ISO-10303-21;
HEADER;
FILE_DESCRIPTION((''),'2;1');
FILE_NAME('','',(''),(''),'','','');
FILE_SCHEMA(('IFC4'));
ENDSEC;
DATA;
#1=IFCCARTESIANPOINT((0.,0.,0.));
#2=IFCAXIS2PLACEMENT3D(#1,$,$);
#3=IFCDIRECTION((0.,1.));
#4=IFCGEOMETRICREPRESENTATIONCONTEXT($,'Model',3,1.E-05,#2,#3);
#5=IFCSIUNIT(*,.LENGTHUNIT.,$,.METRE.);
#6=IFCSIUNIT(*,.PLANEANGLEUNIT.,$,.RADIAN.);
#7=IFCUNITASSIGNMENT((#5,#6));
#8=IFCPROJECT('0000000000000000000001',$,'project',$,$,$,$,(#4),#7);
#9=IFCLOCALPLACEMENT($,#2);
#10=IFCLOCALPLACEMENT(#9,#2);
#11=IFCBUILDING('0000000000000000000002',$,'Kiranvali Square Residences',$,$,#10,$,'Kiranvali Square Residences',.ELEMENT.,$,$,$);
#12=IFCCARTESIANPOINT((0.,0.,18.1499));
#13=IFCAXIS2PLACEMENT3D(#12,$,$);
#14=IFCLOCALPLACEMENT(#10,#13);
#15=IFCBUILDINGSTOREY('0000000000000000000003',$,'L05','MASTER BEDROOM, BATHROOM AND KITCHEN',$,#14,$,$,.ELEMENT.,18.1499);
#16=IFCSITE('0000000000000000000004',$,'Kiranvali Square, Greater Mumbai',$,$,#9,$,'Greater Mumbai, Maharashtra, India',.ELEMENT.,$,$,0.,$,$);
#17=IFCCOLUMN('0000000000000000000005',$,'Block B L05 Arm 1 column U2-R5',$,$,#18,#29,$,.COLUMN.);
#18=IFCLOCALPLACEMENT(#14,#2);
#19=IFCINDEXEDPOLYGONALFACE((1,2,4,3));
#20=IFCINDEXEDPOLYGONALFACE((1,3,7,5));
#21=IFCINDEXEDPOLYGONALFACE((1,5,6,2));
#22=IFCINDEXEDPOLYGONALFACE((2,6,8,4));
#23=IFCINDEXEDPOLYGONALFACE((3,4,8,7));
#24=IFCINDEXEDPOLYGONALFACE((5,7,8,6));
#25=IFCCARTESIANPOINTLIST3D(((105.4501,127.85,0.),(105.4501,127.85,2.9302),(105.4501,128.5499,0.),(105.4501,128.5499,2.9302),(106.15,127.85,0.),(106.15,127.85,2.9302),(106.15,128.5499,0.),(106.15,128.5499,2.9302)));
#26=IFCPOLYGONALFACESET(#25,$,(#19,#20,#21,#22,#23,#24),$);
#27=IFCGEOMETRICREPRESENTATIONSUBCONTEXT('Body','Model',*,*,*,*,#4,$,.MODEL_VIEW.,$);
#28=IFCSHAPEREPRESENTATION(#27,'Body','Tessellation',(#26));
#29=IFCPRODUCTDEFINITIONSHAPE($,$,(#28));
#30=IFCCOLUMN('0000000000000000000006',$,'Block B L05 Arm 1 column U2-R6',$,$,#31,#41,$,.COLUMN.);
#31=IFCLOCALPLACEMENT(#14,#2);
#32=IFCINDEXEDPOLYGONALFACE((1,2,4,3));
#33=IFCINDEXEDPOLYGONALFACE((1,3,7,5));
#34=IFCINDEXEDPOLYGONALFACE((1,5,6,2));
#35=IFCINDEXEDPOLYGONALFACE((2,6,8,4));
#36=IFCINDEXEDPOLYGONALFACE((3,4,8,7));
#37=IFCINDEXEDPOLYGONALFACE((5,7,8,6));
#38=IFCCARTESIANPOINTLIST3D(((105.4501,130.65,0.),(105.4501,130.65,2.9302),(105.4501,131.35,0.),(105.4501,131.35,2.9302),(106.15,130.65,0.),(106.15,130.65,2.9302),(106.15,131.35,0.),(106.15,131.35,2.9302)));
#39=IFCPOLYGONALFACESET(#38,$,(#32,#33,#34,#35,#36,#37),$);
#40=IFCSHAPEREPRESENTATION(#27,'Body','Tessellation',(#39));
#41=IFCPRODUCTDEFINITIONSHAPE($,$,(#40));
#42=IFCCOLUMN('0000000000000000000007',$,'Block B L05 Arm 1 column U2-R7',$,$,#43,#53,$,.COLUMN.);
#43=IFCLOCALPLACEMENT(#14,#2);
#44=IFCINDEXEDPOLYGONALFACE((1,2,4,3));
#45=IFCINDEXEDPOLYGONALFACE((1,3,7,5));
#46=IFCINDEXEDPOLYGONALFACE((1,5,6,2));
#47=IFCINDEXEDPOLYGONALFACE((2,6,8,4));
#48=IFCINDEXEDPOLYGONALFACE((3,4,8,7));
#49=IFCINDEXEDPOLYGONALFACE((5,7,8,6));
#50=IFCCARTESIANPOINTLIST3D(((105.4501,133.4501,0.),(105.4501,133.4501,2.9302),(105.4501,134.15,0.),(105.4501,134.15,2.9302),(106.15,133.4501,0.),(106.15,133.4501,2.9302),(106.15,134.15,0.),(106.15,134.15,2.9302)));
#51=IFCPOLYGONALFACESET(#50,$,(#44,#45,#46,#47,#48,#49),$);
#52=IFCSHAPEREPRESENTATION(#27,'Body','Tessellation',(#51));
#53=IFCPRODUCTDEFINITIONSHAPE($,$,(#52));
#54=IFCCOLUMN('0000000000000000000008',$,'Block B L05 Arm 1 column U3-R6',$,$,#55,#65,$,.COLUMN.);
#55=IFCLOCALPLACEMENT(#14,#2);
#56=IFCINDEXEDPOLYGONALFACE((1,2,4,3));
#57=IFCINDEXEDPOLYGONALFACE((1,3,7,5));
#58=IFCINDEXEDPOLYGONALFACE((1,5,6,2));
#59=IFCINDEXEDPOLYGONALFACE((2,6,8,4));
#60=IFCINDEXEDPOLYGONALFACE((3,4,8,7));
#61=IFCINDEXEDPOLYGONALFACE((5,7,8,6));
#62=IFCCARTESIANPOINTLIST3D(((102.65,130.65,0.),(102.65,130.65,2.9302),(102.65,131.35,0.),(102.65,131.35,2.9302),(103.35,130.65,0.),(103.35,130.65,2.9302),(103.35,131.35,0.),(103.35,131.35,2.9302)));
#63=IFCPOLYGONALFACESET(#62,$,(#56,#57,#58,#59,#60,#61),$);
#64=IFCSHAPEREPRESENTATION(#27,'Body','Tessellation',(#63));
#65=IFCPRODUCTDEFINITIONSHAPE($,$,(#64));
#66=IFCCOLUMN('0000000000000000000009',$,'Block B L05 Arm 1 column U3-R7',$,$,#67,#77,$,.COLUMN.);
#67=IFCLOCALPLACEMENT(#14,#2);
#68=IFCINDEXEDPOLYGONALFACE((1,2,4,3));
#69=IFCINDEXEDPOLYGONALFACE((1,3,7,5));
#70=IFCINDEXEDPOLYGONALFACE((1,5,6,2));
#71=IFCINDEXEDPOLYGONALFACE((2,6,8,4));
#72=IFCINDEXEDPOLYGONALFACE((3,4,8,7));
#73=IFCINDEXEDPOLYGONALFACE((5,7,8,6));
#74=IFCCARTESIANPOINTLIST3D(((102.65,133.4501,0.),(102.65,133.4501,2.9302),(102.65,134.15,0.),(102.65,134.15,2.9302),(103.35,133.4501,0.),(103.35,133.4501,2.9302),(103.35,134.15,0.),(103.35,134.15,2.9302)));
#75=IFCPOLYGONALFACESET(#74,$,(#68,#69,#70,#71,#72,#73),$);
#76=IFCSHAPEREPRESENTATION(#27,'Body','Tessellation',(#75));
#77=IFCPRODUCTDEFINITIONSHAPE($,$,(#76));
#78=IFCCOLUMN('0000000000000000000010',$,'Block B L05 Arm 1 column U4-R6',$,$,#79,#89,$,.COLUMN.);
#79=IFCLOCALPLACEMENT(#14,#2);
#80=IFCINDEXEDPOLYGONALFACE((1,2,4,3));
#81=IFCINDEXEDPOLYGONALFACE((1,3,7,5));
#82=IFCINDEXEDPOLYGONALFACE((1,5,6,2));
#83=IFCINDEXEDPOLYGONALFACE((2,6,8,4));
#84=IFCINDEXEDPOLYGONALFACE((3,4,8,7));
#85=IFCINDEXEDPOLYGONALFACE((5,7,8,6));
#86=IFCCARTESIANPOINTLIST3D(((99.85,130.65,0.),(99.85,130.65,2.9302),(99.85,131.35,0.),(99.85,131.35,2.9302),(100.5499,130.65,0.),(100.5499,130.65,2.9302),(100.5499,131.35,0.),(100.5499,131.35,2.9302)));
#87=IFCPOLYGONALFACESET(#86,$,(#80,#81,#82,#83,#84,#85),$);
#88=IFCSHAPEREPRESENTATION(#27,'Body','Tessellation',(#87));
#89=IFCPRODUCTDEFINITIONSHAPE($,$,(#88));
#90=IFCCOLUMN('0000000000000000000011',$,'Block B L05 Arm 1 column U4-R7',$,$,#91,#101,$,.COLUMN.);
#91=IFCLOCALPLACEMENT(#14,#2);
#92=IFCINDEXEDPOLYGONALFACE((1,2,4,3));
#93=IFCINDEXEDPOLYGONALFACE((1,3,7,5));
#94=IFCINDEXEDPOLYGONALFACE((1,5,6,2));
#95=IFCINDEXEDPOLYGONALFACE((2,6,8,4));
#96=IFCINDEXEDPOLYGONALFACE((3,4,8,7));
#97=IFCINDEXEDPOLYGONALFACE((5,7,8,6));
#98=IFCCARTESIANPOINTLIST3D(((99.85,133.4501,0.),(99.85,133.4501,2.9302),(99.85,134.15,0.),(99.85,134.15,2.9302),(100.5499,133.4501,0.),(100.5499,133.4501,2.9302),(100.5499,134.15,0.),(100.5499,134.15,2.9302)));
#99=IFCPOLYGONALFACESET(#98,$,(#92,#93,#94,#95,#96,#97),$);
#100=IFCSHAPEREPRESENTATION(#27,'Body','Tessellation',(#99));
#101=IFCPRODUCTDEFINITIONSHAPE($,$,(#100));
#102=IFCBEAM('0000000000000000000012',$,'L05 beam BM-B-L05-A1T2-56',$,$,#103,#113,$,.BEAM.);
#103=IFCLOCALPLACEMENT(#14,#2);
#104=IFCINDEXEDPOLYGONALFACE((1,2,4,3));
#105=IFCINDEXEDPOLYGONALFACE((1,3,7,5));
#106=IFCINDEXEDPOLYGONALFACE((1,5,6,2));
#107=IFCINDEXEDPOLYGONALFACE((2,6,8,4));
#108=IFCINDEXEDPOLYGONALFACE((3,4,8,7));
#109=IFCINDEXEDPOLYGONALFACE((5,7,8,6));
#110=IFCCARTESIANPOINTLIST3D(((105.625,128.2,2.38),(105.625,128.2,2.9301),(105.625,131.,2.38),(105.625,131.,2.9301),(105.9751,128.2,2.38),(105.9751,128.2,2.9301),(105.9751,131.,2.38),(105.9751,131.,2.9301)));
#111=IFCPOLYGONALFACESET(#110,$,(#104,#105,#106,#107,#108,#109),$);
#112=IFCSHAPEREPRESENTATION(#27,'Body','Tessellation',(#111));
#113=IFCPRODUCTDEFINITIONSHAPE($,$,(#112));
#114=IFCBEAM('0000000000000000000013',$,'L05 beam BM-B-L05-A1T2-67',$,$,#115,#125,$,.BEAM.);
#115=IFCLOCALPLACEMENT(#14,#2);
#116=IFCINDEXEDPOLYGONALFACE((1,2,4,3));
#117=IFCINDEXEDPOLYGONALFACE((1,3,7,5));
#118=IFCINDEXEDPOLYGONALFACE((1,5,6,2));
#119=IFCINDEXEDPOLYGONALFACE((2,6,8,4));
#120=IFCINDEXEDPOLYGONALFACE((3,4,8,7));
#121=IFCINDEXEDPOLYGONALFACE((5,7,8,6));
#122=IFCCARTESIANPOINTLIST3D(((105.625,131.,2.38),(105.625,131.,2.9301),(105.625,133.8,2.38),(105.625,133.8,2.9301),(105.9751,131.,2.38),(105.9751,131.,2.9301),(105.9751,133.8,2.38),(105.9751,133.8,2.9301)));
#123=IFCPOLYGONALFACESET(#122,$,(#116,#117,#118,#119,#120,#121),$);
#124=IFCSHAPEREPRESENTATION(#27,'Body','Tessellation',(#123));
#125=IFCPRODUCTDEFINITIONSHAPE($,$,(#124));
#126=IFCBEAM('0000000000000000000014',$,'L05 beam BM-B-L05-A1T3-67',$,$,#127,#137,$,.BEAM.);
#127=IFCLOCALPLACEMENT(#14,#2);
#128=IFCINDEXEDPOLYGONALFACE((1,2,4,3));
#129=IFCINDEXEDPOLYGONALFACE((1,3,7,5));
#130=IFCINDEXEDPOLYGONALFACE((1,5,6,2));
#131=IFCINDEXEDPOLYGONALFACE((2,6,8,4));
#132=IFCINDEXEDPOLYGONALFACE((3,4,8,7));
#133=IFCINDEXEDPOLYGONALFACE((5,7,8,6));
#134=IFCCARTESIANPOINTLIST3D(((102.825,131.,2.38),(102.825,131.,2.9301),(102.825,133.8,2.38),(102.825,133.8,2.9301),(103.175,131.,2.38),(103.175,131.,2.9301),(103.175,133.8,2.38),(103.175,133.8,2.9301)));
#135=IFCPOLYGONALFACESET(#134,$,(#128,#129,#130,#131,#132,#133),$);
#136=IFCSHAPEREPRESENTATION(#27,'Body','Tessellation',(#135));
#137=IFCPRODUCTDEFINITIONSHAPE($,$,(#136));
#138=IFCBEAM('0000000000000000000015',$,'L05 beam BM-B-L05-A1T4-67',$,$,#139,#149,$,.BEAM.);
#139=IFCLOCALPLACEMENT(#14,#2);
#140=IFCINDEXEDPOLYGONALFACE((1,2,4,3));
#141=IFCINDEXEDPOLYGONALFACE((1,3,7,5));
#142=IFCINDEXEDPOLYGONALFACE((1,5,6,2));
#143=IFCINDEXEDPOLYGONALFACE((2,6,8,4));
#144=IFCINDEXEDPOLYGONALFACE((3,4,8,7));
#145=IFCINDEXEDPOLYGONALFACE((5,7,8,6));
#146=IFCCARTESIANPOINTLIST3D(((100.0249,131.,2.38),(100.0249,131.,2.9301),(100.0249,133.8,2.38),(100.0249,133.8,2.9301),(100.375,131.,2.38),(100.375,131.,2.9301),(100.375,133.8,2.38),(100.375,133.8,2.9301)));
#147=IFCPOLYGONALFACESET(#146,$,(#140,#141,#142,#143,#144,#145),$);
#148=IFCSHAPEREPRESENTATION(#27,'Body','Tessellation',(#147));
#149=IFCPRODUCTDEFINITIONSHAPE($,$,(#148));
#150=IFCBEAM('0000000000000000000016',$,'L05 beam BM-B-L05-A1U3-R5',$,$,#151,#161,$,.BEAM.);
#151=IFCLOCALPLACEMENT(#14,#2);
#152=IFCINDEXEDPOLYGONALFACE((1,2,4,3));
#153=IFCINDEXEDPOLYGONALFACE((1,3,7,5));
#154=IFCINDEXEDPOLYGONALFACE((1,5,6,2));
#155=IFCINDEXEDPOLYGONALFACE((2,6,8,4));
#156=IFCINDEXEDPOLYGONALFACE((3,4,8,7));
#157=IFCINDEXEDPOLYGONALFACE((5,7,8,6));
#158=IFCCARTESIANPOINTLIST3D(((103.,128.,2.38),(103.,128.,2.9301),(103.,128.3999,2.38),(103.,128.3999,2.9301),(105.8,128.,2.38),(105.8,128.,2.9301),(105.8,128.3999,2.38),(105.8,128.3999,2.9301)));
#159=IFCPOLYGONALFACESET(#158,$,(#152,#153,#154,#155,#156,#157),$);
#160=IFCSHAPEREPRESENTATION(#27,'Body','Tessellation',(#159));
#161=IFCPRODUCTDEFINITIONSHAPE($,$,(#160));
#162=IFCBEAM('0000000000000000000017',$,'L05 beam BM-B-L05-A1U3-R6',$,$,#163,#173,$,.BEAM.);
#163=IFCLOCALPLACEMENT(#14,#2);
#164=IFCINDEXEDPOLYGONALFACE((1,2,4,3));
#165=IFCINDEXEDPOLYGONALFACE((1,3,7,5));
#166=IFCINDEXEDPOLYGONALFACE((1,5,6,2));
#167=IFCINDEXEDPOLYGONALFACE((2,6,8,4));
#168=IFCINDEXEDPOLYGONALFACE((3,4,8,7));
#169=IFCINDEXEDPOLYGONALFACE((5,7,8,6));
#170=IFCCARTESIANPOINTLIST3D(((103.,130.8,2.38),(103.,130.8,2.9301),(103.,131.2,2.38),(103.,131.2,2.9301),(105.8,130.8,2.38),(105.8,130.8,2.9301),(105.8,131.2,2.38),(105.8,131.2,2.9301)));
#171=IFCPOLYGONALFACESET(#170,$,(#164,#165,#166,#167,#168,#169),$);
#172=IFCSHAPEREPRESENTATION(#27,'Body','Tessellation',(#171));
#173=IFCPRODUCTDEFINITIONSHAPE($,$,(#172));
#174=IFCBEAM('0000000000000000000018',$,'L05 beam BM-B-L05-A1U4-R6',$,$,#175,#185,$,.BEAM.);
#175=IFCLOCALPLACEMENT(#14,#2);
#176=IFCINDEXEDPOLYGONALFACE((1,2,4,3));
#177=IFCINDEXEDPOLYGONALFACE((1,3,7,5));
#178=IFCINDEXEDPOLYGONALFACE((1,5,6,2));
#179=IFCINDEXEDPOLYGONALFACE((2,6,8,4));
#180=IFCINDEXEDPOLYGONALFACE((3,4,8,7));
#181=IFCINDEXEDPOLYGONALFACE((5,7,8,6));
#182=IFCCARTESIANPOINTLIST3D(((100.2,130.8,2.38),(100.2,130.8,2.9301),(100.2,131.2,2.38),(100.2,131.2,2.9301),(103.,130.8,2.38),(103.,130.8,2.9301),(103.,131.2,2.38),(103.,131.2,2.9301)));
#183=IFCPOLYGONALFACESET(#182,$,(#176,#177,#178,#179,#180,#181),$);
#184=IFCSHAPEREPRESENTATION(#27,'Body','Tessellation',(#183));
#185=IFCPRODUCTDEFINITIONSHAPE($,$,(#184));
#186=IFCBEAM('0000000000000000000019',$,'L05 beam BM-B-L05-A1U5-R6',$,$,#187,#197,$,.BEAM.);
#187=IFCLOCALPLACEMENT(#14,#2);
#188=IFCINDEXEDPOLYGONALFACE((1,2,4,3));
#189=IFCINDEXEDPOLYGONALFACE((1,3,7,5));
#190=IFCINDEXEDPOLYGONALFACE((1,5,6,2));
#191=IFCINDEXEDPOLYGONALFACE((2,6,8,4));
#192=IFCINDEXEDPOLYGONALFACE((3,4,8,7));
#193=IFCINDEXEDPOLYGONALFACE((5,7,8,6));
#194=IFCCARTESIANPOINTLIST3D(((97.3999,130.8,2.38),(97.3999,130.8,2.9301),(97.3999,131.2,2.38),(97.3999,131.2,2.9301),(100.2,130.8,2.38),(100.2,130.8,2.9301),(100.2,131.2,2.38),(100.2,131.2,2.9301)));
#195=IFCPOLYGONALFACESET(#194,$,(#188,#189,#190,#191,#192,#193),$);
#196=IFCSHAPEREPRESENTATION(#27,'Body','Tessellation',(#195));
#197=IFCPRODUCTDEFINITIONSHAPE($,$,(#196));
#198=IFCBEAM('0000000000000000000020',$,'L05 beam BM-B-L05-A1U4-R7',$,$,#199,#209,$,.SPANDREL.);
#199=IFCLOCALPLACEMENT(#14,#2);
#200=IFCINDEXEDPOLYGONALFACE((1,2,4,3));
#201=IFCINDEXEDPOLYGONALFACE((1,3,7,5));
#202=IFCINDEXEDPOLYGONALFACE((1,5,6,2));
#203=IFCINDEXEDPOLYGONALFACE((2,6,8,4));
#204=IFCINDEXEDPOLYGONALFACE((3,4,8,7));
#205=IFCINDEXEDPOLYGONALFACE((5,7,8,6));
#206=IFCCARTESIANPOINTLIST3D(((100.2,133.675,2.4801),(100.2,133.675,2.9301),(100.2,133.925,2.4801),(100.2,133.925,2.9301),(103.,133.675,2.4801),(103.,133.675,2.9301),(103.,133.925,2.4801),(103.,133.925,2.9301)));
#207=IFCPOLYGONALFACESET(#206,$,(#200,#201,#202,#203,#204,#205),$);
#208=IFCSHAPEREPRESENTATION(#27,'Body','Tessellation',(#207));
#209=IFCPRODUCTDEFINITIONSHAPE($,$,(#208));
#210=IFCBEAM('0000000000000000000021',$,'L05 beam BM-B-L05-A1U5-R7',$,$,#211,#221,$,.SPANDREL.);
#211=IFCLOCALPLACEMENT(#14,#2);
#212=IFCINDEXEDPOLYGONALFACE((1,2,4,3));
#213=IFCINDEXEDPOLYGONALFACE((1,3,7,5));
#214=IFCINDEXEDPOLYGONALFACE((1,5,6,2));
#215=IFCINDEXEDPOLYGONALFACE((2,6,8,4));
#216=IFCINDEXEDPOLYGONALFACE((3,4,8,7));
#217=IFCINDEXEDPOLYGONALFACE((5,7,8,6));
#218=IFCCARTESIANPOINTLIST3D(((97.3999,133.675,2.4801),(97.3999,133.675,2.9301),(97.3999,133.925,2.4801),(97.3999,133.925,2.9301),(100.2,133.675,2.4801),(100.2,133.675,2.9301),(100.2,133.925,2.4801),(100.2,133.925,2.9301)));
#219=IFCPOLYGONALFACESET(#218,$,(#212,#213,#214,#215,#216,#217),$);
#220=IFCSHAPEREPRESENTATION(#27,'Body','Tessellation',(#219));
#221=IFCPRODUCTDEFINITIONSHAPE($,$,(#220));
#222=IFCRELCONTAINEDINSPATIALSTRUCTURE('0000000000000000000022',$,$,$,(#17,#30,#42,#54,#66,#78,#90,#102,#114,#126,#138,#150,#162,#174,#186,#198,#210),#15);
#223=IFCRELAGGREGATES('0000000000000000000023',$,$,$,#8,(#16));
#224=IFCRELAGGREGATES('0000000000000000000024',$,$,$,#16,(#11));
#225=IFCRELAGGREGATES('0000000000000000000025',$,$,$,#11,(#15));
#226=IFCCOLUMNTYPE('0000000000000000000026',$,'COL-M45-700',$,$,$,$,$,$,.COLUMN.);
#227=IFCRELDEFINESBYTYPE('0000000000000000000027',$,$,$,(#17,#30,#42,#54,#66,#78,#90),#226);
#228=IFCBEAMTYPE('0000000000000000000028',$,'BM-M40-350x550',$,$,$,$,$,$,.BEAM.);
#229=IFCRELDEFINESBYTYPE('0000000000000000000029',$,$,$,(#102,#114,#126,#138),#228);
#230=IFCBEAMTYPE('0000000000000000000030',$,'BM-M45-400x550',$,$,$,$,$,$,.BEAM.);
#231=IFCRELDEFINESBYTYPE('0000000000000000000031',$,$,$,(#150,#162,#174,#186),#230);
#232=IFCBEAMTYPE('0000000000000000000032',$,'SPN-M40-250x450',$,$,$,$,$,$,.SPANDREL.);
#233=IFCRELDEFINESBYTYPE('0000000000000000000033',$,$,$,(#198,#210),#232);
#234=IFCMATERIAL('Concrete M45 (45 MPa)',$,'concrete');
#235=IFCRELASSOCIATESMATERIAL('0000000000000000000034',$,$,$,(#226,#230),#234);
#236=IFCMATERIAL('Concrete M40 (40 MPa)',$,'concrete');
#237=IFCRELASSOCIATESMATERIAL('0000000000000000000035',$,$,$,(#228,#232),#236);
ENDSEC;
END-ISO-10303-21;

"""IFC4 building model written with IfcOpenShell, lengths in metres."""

from ifc_helpers import new_model, si_unit, direction, frame, origin, origin_2d, place, context, subcontext, project, spatial, rectangle, extrude, material, material_profile, profile_set, type_object, element, save


model = new_model("IFC4")

# Units and contexts
model_context = context("Model", 3, precision=1e-05, world=origin(), true_north=direction((0.0, 1.0)))
body_context = subcontext(model_context, "Body", "Model", "MODEL_VIEW")
ifc_project = project(units=[si_unit("LENGTHUNIT", "METRE"), si_unit("PLANEANGLEUNIT", "RADIAN")], contexts=[model_context])

# Site, building, storey
site_placement = place(None, origin())
site = spatial("IfcSite", under=ifc_project, at=site_placement, Name="Kiranvali Square, Greater Mumbai", LongName="Greater Mumbai, Maharashtra, India", CompositionType="ELEMENT", RefElevation=0.0)
building_placement = place(site_placement, origin())
building = spatial("IfcBuilding", under=site, at=building_placement, Name="Kiranvali Square Residences", LongName="Kiranvali Square Residences", CompositionType="ELEMENT")
storey_placement = place(building_placement, frame((0.0, 0.0, 18.1499)))
storey = spatial("IfcBuildingStorey", under=building, at=storey_placement, Name="L05", Description="MASTER BEDROOM, BATHROOM AND KITCHEN", CompositionType="ELEMENT", Elevation=18.1499)

# Columns
ifc_material_1 = material(Name="Concrete M45 (45 MPa)", Category="concrete")
ifc_material_profile_1 = material_profile(ifc_material_1, rectangle(XDim=0.7, YDim=0.7, at=origin_2d()), Name="RC 700x700")
ifc_profile_set_1 = profile_set([ifc_material_profile_1], Name="Concrete M45 (45 MPa)")
column_type = type_object("IfcColumnType", Name="COL-M45-700", PredefinedType="COLUMN", material=ifc_profile_set_1)
for number, where, z_axis, x_axis, name in (
    (1, (105.8, 128.2, 0.0), (0.0, 0.0, 1.0), (1.0, 0.0, 0.0), "Block B L05 Arm 1 column U2-R5"),
    (2, (105.8, 131.0, 0.0), (0.0, 0.0, 1.0), (1.0, 0.0, 0.0), "Block B L05 Arm 1 column U2-R6"),
    (3, (105.8, 133.8, 0.0), (0.0, 0.0, 1.0), (1.0, 0.0, 0.0), "Block B L05 Arm 1 column U2-R7"),
    (4, (103.0, 131.0, 0.0), (0.0, 0.0, 1.0), (1.0, 0.0, 0.0), "Block B L05 Arm 1 column U3-R6"),
    (5, (103.0, 133.8, 0.0), (0.0, 0.0, 1.0), (1.0, 0.0, 0.0), "Block B L05 Arm 1 column U3-R7"),
    (6, (100.2, 131.0, 0.0), (0.0, 0.0, 1.0), (1.0, 0.0, 0.0), "Block B L05 Arm 1 column U4-R6"),
    (7, (100.2, 133.8, 0.0), (0.0, 0.0, 1.0), (1.0, 0.0, 0.0), "Block B L05 Arm 1 column U4-R7"),
):
    element("IfcColumn", number, at=place(storey_placement, frame(where, z_axis=z_axis, x_axis=x_axis)), inside=storey, type_object=column_type, Name=name, PredefinedType="COLUMN", context=body_context, shape_type="SweptSolid", body=[
        extrude(rectangle(XDim=0.7, YDim=0.7, at=origin_2d()), origin(), (0.0, 0.0, 1.0), 2.9302),
    ])

# Beams
ifc_material_2 = material(Name="Concrete M40 (40 MPa)", Category="concrete")
ifc_material_profile_2 = material_profile(ifc_material_2, rectangle(XDim=0.3501, YDim=0.55, at=origin_2d()), Name="RC 350x550")
ifc_profile_set_2 = profile_set([ifc_material_profile_2], Name="Concrete M40 (40 MPa)")
beam_type_1 = type_object("IfcBeamType", Name="BM-M40-350x550", PredefinedType="BEAM", material=ifc_profile_set_2)
for number, where, z_axis, x_axis, name in (
    (8, (105.8, 128.2, 2.655), (0.0, 1.0, 0.0), (-1.0, 0.0, 0.0), "L05 beam BM-B-L05-A1T2-56"),
    (9, (105.8, 131.0, 2.655), (0.0, 1.0, 0.0), (-1.0, 0.0, 0.0), "L05 beam BM-B-L05-A1T2-67"),
    (10, (103.0, 131.0, 2.655), (0.0, 1.0, 0.0), (-1.0, 0.0, 0.0), "L05 beam BM-B-L05-A1T3-67"),
    (11, (100.2, 131.0, 2.655), (0.0, 1.0, 0.0), (-1.0, 0.0, 0.0), "L05 beam BM-B-L05-A1T4-67"),
):
    element("IfcBeam", number, at=place(storey_placement, frame(where, z_axis=z_axis, x_axis=x_axis)), inside=storey, type_object=beam_type_1, Name=name, PredefinedType="BEAM", context=body_context, shape_type="SweptSolid", body=[
        extrude(rectangle(XDim=0.3501, YDim=0.55, at=origin_2d()), origin(), (0.0, 0.0, 1.0), 2.8),
    ])
ifc_material_profile_3 = material_profile(ifc_material_1, rectangle(XDim=0.3999, YDim=0.55, at=origin_2d()), Name="RC 400x550")
ifc_profile_set_3 = profile_set([ifc_material_profile_3], Name="Concrete M45 (45 MPa)")
beam_type_2 = type_object("IfcBeamType", Name="BM-M45-400x550", PredefinedType="BEAM", material=ifc_profile_set_3)
for number, where, z_axis, x_axis, name in (
    (12, (105.8, 128.2, 2.655), (-1.0, 0.0, 0.0), (0.0, -1.0, 0.0), "L05 beam BM-B-L05-A1U3-R5"),
    (13, (105.8, 131.0, 2.655), (-1.0, 0.0, 0.0), (0.0, -1.0, 0.0), "L05 beam BM-B-L05-A1U3-R6"),
    (14, (103.0, 131.0, 2.655), (-1.0, 0.0, 0.0), (0.0, -1.0, 0.0), "L05 beam BM-B-L05-A1U4-R6"),
    (15, (100.2, 131.0, 2.655), (-1.0, 0.0, 0.0), (0.0, -1.0, 0.0), "L05 beam BM-B-L05-A1U5-R6"),
):
    element("IfcBeam", number, at=place(storey_placement, frame(where, z_axis=z_axis, x_axis=x_axis)), inside=storey, type_object=beam_type_2, Name=name, PredefinedType="BEAM", context=body_context, shape_type="SweptSolid", body=[
        extrude(rectangle(XDim=0.3999, YDim=0.55, at=origin_2d()), origin(), (0.0, 0.0, 1.0), 2.8),
    ])
ifc_material_profile_4 = material_profile(ifc_material_2, rectangle(XDim=0.25, YDim=0.45, at=origin_2d()), Name="RC 250x450")
ifc_profile_set_4 = profile_set([ifc_material_profile_4], Name="Concrete M40 (40 MPa)")
beam_type_3 = type_object("IfcBeamType", Name="SPN-M40-250x450", PredefinedType="SPANDREL", material=ifc_profile_set_4)
for number, where, z_axis, x_axis, name in (
    (16, (103.0, 133.8, 2.7051), (-1.0, 0.0, 0.0), (0.0, -1.0, 0.0), "L05 beam BM-B-L05-A1U4-R7"),
    (17, (100.2, 133.8, 2.7051), (-1.0, 0.0, 0.0), (0.0, -1.0, 0.0), "L05 beam BM-B-L05-A1U5-R7"),
):
    element("IfcBeam", number, at=place(storey_placement, frame(where, z_axis=z_axis, x_axis=x_axis)), inside=storey, type_object=beam_type_3, Name=name, PredefinedType="SPANDREL", context=body_context, shape_type="SweptSolid", body=[
        extrude(rectangle(XDim=0.25, YDim=0.45, at=origin_2d()), origin(), (0.0, 0.0, 1.0), 2.8),
    ])

save(model, "model.ifc")
